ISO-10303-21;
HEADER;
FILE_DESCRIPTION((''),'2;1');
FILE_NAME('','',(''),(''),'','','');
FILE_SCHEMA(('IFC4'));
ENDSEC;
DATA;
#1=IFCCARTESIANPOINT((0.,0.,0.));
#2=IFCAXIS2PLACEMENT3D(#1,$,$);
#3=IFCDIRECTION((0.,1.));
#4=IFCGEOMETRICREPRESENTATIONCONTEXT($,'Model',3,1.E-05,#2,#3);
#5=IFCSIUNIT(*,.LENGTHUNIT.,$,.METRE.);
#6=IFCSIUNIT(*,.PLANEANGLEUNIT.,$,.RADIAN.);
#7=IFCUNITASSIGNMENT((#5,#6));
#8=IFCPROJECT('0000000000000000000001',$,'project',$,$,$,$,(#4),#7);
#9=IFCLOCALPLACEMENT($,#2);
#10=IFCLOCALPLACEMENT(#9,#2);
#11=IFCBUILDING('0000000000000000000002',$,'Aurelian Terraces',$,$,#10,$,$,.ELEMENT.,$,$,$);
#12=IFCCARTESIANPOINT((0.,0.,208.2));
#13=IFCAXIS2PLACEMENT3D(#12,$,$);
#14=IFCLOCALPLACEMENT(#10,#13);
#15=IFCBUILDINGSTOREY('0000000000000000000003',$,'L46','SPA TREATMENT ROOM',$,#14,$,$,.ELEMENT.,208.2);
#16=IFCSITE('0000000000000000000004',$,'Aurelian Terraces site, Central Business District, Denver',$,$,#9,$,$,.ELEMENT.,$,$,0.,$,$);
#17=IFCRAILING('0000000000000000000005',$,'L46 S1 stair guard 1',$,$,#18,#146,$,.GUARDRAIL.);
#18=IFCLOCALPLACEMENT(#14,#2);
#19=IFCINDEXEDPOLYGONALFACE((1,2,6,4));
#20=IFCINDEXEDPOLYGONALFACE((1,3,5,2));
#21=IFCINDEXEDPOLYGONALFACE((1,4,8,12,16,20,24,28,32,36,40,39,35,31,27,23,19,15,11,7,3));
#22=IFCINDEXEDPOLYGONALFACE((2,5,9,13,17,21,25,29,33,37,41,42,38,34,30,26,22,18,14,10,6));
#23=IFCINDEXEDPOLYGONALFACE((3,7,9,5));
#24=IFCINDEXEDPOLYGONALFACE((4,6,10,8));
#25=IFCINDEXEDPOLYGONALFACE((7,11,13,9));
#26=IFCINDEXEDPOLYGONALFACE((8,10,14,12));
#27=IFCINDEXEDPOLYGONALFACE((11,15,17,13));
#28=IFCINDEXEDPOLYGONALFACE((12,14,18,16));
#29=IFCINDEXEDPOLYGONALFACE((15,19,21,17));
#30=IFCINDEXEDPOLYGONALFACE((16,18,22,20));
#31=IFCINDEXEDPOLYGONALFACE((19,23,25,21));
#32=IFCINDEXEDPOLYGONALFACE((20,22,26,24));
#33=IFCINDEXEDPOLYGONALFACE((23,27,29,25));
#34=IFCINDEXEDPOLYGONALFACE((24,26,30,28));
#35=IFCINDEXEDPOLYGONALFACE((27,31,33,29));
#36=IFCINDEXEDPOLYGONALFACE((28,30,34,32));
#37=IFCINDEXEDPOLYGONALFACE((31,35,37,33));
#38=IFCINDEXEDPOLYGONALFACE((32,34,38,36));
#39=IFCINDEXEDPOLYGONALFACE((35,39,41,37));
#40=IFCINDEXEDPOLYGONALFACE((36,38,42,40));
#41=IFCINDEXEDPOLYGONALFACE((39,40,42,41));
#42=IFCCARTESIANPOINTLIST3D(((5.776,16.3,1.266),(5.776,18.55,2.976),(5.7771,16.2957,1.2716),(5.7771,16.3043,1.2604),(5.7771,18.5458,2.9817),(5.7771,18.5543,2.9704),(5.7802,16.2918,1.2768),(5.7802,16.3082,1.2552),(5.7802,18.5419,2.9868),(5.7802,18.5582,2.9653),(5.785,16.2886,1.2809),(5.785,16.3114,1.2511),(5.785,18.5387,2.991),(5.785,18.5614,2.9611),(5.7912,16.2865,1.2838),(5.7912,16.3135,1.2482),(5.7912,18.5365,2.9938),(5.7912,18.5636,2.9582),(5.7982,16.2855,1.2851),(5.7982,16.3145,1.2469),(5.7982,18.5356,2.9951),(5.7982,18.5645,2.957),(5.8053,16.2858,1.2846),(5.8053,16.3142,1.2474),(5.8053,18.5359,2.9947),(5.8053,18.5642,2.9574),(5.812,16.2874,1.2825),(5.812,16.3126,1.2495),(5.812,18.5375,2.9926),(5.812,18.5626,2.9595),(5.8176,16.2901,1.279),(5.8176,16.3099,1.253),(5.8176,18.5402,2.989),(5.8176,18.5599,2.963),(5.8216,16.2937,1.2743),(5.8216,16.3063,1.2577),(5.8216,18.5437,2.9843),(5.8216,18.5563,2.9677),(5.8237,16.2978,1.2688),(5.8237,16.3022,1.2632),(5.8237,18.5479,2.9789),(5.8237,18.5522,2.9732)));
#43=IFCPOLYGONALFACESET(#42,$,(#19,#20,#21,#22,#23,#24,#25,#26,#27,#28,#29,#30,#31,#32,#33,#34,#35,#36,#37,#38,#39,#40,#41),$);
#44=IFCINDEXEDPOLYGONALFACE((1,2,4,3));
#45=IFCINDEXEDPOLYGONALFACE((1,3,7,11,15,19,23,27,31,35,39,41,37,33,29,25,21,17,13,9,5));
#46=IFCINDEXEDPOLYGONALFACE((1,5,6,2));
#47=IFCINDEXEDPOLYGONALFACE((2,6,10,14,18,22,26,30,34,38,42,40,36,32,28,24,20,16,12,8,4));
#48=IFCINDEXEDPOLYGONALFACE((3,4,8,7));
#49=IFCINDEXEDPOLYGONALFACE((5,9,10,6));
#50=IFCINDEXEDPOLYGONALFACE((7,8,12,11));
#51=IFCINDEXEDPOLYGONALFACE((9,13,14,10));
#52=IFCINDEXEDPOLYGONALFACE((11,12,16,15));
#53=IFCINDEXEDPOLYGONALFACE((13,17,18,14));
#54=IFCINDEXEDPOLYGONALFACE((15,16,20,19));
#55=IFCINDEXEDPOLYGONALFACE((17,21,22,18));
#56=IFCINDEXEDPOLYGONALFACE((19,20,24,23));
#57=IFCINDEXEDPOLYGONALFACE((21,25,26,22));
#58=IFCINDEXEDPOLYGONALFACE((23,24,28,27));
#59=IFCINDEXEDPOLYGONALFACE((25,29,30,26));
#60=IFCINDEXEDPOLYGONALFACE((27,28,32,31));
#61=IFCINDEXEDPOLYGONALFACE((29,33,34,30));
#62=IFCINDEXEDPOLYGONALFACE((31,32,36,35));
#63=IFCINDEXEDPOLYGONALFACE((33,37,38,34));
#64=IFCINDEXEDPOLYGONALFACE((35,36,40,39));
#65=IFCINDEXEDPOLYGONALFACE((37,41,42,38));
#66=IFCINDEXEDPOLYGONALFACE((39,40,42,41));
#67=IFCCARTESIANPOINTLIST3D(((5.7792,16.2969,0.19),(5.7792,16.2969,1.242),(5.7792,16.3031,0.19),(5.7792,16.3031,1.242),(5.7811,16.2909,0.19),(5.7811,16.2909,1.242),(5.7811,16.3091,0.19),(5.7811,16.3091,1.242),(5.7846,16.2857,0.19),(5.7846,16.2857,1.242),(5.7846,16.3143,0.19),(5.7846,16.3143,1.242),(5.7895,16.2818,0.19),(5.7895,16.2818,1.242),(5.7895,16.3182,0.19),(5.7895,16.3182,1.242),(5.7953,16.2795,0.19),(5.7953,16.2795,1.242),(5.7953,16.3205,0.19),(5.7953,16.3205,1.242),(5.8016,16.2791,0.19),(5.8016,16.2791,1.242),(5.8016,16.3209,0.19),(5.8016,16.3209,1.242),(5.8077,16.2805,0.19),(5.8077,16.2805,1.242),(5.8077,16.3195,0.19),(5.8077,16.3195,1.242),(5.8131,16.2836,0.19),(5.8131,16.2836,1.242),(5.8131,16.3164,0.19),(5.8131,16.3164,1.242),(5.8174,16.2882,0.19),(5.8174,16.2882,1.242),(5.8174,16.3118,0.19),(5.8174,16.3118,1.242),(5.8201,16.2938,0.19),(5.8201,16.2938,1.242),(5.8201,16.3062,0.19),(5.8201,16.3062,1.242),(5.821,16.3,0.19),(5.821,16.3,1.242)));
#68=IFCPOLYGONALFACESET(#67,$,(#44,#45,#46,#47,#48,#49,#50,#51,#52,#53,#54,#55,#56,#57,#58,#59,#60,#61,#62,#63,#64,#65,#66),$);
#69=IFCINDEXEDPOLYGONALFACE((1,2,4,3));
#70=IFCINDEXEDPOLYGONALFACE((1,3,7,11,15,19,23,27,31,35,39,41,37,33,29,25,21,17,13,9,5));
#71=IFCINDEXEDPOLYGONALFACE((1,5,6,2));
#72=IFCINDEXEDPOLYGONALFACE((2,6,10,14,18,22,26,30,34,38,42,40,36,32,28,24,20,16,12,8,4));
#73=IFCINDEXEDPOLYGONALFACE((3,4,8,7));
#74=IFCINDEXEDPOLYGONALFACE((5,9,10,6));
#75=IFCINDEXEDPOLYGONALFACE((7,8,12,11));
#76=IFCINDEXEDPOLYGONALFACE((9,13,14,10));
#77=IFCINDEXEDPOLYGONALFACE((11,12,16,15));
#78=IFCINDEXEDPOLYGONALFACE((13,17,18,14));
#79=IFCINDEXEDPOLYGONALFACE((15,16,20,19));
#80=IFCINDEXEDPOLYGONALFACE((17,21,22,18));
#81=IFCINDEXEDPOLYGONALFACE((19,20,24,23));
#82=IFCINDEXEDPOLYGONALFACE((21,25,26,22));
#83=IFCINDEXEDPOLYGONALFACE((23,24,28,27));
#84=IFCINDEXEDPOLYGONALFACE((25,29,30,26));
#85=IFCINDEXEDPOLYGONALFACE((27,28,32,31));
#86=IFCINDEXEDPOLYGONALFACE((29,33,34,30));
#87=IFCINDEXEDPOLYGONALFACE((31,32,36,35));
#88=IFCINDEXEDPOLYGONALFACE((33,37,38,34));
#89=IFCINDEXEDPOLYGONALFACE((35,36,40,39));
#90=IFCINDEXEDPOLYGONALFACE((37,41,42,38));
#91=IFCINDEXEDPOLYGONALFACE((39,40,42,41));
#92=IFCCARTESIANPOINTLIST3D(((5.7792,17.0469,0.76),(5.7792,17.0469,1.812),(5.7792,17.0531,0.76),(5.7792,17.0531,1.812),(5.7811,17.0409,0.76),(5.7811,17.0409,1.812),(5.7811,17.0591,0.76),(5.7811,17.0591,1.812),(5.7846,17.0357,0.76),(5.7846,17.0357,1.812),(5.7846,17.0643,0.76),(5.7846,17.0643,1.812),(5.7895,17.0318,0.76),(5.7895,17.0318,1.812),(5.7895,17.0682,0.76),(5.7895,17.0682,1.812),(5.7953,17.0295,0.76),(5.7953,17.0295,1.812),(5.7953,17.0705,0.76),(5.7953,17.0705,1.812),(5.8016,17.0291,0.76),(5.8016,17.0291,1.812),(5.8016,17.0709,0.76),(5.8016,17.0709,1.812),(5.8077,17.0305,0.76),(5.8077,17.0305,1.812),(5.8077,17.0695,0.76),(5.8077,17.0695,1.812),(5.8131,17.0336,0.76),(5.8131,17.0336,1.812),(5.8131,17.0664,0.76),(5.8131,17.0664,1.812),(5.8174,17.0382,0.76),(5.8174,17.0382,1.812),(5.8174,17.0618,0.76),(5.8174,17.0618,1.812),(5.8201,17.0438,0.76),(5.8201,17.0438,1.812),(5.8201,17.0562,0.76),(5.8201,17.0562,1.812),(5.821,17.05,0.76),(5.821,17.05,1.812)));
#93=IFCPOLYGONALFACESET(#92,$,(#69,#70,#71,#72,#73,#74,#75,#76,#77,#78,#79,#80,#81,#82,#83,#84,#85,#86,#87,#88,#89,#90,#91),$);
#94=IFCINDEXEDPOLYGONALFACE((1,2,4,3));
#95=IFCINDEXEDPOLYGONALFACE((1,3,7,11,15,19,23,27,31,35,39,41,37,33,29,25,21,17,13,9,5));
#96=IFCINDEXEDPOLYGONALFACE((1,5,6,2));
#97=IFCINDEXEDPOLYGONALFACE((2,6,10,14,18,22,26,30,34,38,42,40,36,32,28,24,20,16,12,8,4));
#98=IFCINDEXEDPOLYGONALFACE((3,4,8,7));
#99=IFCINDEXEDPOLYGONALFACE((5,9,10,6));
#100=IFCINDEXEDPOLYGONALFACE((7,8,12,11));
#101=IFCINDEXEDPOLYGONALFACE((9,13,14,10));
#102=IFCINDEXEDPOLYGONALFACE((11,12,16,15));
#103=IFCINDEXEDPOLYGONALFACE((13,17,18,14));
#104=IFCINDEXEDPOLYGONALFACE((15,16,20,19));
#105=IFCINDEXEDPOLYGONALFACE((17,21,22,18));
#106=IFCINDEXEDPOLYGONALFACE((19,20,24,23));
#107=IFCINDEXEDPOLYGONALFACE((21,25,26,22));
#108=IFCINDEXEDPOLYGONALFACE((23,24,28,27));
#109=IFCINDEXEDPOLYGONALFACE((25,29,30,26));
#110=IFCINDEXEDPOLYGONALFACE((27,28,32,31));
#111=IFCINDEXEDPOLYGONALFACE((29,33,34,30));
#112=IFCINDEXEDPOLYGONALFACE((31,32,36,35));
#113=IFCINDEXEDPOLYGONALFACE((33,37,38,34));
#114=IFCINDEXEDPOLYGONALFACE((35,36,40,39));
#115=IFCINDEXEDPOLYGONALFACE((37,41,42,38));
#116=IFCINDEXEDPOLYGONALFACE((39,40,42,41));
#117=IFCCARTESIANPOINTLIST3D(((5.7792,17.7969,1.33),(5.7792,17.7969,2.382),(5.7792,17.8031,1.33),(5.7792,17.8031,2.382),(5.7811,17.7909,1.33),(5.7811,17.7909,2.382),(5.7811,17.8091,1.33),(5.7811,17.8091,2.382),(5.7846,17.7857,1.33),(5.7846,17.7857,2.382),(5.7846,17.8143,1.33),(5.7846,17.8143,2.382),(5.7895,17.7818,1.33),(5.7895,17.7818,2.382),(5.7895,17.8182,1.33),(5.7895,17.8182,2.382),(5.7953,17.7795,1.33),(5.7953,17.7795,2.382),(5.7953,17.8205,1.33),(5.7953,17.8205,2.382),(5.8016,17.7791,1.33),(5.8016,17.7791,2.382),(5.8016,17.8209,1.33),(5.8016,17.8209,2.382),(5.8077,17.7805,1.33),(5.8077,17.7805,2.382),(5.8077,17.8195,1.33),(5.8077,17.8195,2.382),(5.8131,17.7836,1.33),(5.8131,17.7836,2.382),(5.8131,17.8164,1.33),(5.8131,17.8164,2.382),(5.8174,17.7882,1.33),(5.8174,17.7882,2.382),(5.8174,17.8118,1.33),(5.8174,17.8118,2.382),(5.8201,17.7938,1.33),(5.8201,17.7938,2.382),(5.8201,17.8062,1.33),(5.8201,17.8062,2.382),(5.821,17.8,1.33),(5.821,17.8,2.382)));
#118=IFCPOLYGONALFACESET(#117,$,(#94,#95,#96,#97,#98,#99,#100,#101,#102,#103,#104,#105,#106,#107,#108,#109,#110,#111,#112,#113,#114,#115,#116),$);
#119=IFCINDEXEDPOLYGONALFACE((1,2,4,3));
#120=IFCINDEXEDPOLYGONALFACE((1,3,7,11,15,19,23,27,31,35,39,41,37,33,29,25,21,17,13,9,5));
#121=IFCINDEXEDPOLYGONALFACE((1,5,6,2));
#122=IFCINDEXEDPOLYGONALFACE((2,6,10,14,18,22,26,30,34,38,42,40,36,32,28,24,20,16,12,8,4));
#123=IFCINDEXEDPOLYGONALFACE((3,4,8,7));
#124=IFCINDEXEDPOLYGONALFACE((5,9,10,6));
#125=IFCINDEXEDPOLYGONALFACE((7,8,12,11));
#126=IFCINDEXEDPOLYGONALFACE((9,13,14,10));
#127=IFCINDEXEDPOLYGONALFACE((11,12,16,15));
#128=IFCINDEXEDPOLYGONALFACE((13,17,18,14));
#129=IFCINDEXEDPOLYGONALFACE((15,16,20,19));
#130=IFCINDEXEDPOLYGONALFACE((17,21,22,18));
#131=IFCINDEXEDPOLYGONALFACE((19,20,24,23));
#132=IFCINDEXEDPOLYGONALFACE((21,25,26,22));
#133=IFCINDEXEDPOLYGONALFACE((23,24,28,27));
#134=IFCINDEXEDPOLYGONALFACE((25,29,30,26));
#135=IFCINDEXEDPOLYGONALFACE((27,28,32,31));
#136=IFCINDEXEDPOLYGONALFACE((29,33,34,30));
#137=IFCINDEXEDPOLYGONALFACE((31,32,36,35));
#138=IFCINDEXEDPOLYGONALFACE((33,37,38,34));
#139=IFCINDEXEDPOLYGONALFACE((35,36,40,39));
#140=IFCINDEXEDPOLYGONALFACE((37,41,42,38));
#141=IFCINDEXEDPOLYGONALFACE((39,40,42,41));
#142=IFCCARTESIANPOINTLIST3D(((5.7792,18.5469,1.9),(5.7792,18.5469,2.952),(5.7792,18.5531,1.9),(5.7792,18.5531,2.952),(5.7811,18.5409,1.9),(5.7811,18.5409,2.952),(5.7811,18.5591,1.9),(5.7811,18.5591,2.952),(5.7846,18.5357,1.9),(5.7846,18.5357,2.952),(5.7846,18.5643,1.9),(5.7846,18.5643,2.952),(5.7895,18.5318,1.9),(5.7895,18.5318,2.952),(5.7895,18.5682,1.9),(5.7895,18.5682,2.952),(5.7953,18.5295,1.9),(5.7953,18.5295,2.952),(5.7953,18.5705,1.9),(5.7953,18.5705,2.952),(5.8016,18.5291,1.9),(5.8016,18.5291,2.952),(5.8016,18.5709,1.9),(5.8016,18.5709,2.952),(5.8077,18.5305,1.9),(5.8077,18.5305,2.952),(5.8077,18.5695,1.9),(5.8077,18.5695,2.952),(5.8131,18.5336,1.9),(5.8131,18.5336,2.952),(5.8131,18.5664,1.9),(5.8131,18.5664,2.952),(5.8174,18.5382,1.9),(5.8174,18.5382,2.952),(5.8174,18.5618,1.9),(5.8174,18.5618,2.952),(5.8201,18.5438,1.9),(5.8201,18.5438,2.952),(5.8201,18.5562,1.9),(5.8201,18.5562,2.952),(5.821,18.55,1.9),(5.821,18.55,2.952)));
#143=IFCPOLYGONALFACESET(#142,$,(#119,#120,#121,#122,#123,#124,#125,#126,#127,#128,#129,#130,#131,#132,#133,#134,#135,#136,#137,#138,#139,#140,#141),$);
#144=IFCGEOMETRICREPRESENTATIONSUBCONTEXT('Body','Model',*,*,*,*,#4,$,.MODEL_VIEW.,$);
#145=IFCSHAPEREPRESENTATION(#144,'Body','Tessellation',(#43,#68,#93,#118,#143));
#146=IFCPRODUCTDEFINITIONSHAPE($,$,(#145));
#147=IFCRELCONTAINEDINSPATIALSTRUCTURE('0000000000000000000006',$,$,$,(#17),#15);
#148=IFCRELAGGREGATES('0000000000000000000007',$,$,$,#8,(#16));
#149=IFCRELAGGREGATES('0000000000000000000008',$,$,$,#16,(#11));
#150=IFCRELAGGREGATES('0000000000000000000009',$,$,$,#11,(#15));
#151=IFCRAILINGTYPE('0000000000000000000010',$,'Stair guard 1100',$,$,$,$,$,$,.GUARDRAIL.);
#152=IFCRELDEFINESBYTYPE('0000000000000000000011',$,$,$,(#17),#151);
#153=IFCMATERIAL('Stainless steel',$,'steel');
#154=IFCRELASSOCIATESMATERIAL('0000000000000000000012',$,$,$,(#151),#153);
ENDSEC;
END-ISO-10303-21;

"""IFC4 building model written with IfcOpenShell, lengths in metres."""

from ifc_helpers import new_model, si_unit, direction, frame, origin, origin_2d, place, context, subcontext, project, spatial, circle, extrude, source, transform, mapped, material, type_object, element, save


model = new_model("IFC4")

# Units and contexts
model_context = context("Model", 3, precision=1e-05, world=origin(), true_north=direction((0.0, 1.0)))
body_context = subcontext(model_context, "Body", "Model", "MODEL_VIEW")
ifc_project = project(units=[si_unit("LENGTHUNIT", "METRE"), si_unit("PLANEANGLEUNIT", "RADIAN")], contexts=[model_context])

# Site, building, storey
site_placement = place(None, origin())
site = spatial("IfcSite", under=ifc_project, at=site_placement, Name="Aurelian Terraces site, Central Business District, Denver", CompositionType="ELEMENT", RefElevation=0.0)
building_placement = place(site_placement, origin())
building = spatial("IfcBuilding", under=site, at=building_placement, Name="Aurelian Terraces", CompositionType="ELEMENT")
storey_placement = place(building_placement, frame((0.0, 0.0, 208.2)))
storey = spatial("IfcBuildingStorey", under=building, at=storey_placement, Name="L46", Description="SPA TREATMENT ROOM", CompositionType="ELEMENT", Elevation=208.2)

# Railing
ifc_material_1 = material(Name="Stainless steel", Category="steel")
railing_type_1 = type_object("IfcRailingType", Name="Stair guard 1100", PredefinedType="GUARDRAIL", material=ifc_material_1)
shared_shape_1 = source(origin(), body_context, "Body", "SweptSolid", [
    extrude(circle(Radius=0.024, at=origin_2d()), frame((0.0, 0.0, 1.076), z_axis=(0.0, 0.796162, 0.605083), x_axis=(-1.0, 0.0, 0.0)), (0.0, 0.0, 1.0), 2.8261),
    extrude(circle(Radius=0.021, at=origin_2d()), origin(), (0.0, 0.0, 1.0), 1.052),
    extrude(circle(Radius=0.021, at=origin_2d()), frame((0.0, 0.75, 0.57)), (0.0, 0.0, 1.0), 1.052),
    extrude(circle(Radius=0.021, at=origin_2d()), frame((0.0, 1.5, 1.14)), (0.0, 0.0, 1.0), 1.052),
    extrude(circle(Radius=0.021, at=origin_2d()), frame((0.0, 2.25, 1.71)), (0.0, 0.0, 1.0), 1.052),
])
railing_1_placement = place(storey_placement, frame((5.8, 16.3, 0.19)))
element("IfcRailing", 1, at=railing_1_placement, inside=storey, type_object=railing_type_1, Name="L46 S1 stair guard 1", PredefinedType="GUARDRAIL", context=body_context, shape_type="MappedRepresentation", body=[
    mapped(shared_shape_1, transform((0.0, 0.0, 0.0), scale=1.0)),
])

save(model, "model.ifc")
